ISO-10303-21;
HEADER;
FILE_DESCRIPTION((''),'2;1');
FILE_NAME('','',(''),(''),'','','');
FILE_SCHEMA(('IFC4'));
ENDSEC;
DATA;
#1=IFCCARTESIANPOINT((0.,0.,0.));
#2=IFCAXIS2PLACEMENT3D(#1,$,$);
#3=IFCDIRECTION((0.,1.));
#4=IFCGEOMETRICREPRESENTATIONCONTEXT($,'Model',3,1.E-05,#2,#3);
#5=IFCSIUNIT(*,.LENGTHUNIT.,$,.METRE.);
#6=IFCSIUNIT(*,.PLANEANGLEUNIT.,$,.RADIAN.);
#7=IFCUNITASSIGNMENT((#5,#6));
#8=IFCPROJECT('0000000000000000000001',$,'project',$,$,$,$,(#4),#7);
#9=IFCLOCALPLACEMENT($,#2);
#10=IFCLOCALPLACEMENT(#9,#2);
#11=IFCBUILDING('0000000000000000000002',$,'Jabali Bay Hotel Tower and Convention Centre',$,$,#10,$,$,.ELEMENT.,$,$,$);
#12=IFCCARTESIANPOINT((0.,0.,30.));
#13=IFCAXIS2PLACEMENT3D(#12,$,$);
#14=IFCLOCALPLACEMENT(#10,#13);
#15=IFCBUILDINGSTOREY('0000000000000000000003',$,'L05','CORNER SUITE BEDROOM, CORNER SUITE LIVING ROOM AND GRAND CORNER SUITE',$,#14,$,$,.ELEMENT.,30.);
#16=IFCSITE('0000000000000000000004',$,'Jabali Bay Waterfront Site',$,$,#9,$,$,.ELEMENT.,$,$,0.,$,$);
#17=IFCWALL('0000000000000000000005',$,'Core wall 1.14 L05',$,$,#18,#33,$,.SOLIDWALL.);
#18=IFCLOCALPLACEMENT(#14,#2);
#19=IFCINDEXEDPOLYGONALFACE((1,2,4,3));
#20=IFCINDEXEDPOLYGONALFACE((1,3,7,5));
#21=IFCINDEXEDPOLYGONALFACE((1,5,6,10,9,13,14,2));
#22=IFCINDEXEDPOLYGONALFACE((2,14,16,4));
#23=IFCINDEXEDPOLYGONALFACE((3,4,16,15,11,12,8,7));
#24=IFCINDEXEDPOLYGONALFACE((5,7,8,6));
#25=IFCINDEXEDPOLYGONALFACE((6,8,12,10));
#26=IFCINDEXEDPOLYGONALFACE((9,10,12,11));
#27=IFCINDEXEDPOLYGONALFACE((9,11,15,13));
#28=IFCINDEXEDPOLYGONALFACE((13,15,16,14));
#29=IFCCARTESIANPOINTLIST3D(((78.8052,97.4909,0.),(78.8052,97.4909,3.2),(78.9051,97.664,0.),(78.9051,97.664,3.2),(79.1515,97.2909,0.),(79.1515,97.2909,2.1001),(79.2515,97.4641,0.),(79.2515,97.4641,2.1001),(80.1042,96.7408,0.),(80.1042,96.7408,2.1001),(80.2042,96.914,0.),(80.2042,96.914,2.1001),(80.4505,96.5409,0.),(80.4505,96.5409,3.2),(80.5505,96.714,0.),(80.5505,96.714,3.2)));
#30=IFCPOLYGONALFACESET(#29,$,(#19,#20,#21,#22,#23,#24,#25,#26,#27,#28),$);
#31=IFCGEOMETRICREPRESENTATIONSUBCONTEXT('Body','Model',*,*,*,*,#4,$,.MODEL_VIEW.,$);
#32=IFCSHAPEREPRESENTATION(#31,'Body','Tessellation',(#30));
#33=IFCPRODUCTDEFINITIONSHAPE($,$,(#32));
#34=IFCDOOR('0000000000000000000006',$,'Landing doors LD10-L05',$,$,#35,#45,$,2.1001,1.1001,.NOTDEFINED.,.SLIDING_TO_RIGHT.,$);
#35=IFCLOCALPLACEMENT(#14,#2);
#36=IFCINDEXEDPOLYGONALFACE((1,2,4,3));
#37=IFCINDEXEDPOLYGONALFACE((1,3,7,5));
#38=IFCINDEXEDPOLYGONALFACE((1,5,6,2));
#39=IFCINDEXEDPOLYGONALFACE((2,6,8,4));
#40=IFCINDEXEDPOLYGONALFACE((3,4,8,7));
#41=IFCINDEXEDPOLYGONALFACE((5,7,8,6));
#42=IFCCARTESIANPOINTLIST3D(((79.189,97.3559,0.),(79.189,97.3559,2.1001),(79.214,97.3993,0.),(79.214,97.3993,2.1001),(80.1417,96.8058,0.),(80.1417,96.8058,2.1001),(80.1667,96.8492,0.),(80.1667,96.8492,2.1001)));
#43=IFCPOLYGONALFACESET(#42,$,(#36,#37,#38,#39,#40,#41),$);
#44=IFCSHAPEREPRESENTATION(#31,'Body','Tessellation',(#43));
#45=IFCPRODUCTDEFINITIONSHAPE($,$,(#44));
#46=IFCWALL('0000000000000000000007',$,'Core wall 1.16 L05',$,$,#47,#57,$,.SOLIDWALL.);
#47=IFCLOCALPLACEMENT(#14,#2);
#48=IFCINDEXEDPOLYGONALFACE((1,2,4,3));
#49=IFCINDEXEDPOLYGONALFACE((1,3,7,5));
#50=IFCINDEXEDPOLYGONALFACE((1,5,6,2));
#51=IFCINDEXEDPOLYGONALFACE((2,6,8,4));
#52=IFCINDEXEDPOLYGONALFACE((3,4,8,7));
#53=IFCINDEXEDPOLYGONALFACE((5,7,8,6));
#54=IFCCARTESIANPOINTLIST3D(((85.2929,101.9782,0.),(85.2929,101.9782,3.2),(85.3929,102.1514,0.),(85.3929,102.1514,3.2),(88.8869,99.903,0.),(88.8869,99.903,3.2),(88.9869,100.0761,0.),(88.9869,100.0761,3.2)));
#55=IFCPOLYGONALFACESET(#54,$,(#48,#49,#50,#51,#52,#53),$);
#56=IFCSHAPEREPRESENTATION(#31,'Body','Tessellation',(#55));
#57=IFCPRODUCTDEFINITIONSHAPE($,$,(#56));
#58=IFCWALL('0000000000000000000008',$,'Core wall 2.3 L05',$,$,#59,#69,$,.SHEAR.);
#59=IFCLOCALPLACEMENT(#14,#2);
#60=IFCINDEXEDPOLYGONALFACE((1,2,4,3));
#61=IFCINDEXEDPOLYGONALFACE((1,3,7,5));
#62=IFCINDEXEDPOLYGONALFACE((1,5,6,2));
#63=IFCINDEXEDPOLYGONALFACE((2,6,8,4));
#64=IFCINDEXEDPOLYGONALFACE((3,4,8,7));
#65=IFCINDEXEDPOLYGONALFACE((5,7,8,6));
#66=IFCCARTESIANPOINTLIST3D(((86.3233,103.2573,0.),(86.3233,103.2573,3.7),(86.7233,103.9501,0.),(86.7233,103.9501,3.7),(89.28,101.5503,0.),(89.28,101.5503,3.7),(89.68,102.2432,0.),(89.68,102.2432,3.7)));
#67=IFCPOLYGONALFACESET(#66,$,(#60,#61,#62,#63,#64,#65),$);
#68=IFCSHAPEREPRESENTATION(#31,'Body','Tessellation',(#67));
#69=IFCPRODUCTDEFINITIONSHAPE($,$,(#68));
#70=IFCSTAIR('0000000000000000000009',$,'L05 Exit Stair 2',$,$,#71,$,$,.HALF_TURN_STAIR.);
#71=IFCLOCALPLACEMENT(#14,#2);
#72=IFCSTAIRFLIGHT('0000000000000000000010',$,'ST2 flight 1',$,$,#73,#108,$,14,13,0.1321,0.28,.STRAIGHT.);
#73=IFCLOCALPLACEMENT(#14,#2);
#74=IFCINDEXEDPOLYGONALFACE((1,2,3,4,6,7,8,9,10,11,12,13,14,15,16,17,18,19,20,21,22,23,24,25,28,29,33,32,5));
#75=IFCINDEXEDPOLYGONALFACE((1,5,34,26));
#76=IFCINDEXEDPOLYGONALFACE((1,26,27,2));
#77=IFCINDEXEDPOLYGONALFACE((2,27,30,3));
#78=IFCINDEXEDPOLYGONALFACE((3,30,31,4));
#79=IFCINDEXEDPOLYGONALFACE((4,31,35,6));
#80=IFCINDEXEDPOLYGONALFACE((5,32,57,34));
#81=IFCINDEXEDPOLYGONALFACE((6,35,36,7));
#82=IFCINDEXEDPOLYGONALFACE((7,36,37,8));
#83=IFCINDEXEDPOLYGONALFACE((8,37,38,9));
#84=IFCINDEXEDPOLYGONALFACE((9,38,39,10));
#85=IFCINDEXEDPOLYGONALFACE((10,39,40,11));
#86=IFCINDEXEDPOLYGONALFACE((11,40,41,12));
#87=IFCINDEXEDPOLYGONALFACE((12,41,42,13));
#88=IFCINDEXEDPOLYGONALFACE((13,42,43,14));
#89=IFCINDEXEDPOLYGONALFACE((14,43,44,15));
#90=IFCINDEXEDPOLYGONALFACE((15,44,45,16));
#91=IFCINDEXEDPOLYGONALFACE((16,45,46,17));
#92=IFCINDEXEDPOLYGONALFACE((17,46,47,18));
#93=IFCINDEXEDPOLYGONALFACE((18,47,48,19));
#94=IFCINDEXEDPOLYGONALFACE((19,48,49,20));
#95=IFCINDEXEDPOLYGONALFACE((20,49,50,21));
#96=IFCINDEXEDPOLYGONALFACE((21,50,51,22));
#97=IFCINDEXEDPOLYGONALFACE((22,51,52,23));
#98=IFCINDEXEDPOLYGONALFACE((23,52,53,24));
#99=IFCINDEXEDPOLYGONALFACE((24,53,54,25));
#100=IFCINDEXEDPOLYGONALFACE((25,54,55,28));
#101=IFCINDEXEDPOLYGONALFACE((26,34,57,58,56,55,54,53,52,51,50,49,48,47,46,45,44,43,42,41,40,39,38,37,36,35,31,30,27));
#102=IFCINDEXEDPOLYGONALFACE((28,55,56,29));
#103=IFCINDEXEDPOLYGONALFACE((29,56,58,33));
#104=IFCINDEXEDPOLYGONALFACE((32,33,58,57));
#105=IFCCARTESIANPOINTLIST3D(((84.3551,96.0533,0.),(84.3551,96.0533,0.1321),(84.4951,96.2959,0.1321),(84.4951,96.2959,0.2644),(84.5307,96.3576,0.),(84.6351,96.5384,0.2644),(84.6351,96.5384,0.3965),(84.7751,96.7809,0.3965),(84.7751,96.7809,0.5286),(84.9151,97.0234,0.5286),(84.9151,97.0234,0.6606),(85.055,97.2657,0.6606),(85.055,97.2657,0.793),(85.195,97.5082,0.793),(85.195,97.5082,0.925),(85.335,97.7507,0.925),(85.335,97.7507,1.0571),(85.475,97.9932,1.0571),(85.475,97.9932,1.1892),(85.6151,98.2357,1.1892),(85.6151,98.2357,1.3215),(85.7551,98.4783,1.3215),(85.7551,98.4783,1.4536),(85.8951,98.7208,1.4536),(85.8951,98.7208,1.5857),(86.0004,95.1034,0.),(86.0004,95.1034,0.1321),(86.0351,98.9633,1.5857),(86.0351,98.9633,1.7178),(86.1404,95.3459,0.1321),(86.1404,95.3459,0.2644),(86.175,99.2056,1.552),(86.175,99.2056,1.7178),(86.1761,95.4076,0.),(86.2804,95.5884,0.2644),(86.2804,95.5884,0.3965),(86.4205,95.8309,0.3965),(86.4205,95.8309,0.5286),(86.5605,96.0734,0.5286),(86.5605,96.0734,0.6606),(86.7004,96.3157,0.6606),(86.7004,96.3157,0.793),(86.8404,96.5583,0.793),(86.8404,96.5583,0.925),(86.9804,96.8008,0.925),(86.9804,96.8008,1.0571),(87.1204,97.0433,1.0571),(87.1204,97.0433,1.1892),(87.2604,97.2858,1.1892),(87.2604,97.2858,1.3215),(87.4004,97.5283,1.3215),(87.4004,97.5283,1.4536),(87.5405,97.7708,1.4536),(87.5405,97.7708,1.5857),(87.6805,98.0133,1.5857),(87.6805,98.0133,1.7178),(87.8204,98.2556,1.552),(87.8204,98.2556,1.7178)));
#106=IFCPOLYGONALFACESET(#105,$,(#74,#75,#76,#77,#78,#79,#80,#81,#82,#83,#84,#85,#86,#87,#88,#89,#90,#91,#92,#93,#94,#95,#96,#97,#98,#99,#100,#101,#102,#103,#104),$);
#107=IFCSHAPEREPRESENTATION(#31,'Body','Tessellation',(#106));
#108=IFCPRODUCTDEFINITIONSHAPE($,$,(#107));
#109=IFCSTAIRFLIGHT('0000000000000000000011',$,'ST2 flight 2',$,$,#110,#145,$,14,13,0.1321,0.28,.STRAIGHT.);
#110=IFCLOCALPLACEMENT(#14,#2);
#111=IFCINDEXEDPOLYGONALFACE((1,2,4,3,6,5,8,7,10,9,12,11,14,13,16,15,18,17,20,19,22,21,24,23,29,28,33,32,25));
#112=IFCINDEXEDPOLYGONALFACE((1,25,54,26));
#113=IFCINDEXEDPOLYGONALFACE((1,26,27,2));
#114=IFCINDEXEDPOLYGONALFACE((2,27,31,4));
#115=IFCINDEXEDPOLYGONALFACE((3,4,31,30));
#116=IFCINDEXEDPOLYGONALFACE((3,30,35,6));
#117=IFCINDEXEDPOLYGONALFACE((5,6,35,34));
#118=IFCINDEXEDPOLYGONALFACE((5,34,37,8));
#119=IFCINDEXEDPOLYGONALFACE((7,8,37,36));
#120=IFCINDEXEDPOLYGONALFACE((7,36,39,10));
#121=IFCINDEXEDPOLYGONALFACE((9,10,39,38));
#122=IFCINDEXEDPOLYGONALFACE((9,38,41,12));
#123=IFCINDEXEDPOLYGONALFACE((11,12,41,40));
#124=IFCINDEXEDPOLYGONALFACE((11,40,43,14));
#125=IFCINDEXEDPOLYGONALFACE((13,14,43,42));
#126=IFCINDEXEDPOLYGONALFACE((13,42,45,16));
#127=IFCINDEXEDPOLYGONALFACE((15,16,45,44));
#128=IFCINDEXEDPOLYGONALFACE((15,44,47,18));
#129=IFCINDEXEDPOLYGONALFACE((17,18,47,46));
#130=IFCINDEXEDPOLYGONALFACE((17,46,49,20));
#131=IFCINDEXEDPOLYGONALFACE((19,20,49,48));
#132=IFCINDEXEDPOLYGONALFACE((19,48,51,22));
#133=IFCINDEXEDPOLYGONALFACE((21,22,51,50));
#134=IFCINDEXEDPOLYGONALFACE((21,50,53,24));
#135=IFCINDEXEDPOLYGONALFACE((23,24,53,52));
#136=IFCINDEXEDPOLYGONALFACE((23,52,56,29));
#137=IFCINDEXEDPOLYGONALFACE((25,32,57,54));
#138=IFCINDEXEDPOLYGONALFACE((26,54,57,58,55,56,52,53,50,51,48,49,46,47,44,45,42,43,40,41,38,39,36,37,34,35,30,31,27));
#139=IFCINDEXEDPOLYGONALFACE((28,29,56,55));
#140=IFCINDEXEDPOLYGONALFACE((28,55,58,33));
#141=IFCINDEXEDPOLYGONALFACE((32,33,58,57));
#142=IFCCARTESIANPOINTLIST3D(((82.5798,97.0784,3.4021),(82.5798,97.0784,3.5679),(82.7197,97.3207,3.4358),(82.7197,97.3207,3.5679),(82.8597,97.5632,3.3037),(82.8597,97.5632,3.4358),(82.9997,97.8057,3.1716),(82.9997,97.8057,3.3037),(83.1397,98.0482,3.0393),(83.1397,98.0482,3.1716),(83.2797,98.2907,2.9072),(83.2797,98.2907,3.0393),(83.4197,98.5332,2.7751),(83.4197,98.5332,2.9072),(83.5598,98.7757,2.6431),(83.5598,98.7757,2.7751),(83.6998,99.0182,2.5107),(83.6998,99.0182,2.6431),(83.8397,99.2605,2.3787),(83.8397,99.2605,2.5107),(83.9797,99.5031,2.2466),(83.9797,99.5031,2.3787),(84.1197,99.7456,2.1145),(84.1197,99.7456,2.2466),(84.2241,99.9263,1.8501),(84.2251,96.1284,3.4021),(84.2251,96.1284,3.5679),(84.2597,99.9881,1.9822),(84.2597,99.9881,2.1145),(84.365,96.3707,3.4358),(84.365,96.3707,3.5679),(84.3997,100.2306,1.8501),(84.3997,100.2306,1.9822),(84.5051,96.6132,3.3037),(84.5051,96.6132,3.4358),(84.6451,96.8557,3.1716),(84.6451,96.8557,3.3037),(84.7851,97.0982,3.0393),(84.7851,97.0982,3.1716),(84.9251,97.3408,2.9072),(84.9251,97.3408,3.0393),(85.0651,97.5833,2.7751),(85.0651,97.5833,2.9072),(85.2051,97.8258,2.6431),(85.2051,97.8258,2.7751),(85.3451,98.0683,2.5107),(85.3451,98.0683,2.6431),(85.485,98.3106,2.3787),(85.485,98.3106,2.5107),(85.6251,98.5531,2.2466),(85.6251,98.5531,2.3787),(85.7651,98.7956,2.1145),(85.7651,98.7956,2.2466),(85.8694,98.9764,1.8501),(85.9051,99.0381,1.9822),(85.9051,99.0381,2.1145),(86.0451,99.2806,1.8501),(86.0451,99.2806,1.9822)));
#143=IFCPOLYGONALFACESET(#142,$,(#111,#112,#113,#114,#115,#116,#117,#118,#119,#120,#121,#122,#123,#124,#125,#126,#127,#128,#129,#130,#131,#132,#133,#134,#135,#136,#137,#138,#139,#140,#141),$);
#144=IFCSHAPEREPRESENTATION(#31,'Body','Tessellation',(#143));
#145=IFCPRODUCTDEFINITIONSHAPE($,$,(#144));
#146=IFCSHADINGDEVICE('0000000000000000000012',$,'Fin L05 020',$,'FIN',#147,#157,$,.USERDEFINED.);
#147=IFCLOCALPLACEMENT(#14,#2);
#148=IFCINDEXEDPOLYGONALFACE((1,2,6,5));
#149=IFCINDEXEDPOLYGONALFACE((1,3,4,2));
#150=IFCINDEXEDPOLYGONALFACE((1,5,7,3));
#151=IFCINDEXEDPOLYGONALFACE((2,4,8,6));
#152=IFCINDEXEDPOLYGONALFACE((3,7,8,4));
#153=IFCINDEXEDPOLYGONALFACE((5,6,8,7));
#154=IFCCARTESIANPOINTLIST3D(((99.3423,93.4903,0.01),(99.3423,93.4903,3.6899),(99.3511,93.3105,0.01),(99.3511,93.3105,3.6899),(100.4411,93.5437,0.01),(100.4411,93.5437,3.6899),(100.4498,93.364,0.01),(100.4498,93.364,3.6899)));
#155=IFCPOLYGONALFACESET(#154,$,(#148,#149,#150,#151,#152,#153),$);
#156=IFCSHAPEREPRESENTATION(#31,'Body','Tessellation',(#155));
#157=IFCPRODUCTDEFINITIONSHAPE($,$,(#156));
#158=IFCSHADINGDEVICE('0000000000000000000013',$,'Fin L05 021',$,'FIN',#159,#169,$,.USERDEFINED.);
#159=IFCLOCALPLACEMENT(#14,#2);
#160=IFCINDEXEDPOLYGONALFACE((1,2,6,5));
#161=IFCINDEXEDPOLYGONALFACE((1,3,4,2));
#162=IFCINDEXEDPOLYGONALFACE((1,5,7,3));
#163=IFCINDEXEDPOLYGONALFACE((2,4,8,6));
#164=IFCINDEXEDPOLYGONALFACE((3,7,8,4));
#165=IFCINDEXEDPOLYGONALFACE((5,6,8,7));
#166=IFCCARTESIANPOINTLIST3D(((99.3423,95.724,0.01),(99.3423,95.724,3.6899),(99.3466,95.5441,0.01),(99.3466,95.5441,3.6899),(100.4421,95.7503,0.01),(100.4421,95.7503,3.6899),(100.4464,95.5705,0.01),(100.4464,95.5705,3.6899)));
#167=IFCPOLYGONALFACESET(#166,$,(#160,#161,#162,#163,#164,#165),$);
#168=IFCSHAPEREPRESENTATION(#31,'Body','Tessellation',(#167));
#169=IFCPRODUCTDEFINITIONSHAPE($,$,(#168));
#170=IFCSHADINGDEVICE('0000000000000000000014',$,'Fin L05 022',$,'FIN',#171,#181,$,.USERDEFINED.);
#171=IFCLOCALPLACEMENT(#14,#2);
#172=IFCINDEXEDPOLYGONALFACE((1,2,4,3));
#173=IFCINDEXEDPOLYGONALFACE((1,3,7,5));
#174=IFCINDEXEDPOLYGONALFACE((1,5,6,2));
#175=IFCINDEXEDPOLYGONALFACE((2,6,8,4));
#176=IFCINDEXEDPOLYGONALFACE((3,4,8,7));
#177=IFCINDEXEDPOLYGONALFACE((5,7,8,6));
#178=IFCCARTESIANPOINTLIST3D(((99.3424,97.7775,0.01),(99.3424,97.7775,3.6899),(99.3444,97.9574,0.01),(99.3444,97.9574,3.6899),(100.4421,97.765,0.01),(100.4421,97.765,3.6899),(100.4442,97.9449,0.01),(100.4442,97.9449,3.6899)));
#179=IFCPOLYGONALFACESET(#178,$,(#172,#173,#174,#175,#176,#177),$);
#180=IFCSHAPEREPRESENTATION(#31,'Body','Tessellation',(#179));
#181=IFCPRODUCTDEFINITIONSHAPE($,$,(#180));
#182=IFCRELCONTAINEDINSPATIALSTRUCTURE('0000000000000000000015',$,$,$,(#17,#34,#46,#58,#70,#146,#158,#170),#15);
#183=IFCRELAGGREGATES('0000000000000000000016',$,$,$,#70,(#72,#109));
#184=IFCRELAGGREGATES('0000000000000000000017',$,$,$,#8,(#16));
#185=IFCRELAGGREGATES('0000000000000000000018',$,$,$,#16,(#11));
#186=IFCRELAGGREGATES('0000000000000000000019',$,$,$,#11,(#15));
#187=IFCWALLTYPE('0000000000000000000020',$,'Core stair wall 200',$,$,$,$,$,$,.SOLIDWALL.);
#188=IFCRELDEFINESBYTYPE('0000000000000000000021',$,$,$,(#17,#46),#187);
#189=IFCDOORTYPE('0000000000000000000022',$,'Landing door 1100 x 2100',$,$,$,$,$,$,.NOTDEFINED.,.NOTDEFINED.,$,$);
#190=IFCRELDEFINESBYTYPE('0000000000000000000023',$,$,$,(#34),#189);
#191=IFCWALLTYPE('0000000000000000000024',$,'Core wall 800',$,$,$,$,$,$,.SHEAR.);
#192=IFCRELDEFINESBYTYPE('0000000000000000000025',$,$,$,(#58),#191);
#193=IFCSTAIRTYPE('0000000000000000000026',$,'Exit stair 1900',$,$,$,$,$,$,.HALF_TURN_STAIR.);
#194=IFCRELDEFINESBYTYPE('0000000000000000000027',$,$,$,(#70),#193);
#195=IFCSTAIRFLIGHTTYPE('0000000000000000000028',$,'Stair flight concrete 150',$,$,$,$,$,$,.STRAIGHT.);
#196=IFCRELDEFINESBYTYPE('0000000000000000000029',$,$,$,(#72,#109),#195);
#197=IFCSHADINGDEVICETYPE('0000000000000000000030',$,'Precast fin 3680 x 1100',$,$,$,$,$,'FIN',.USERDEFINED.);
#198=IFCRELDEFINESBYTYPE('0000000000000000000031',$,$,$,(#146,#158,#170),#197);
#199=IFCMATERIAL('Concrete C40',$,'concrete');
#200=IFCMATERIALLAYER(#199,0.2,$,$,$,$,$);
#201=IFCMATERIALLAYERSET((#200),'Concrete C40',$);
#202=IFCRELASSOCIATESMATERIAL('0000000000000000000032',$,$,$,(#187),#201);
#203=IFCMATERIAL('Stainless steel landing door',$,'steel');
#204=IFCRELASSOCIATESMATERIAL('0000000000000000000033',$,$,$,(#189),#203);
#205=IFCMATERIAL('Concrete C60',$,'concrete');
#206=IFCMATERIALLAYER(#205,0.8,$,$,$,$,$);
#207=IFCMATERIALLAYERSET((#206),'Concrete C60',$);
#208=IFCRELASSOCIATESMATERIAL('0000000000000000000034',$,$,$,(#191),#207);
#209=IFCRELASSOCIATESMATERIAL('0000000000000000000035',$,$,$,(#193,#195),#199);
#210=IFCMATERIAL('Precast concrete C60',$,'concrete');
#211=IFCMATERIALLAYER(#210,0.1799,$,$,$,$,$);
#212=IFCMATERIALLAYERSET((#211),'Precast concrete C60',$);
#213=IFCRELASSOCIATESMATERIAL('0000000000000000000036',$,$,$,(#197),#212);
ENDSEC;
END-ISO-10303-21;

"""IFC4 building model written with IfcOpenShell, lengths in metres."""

from ifc_helpers import new_model, si_unit, direction, frame, frame_2d, origin, place, context, subcontext, project, spatial, polyline, rectangle, outline, extrude, material, layer, layer_set, type_object, element, fill, aggregate, save


model = new_model("IFC4")

# Units and contexts
model_context = context("Model", 3, precision=1e-05, world=origin(), true_north=direction((0.0, 1.0)))
body_context = subcontext(model_context, "Body", "Model", "MODEL_VIEW")
ifc_project = project(units=[si_unit("LENGTHUNIT", "METRE"), si_unit("PLANEANGLEUNIT", "RADIAN")], contexts=[model_context])

# Site, building, storey
site_placement = place(None, origin())
site = spatial("IfcSite", under=ifc_project, at=site_placement, Name="Jabali Bay Waterfront Site", CompositionType="ELEMENT", RefElevation=0.0)
building_placement = place(site_placement, origin())
building = spatial("IfcBuilding", under=site, at=building_placement, Name="Jabali Bay Hotel Tower and Convention Centre", CompositionType="ELEMENT")
storey_placement = place(building_placement, frame((0.0, 0.0, 30.0)))
storey = spatial("IfcBuildingStorey", under=building, at=storey_placement, Name="L05", Description="CORNER SUITE BEDROOM, CORNER SUITE LIVING ROOM AND GRAND CORNER SUITE", CompositionType="ELEMENT", Elevation=30.0)

# Shared definitions
ifc_material_1 = material(Name="Concrete C60", Category="concrete")

# Shared definitions
ifc_material_2 = material(Name="Concrete C40", Category="concrete")

# Shared definitions
ifc_layer_1 = layer(ifc_material_2, 0.2)
ifc_layer_set_1 = layer_set([ifc_layer_1], Name="Concrete C40")
wall_type_1 = type_object("IfcWallType", Name="Core stair wall 200", PredefinedType="SOLIDWALL", material=ifc_layer_set_1)

# Wall, opening, door
wall_1_placement = place(storey_placement, frame((80.5005, 96.6274, 0.0), z_axis=(0.0, 0.0, 1.0), x_axis=(-0.866012, 0.500023, 0.0)))
wall_1 = element("IfcWall", 1, at=wall_1_placement, inside=storey, type_object=wall_type_1, Name="Core wall 1.14 L05", PredefinedType="SOLIDWALL", context=body_context, shape_type="SweptSolid", body=[
    extrude(rectangle(XDim=1.8999, YDim=0.2, at=frame_2d((0.95, 0.0))), origin(), (0.0, 0.0, 1.0), 3.2),
])
opening_1_placement = place(wall_1_placement, frame((0.3999, 0.0, 0.0)))
opening_1 = element("IfcOpeningElement", 2, at=opening_1_placement, cuts=wall_1, PredefinedType="OPENING", context=body_context, shape_type="SweptSolid", body=[
    extrude(rectangle(XDim=1.1001, YDim=2.1001, at=frame_2d((0.55, 1.05))), frame((0.0, 0.1104, 0.0), z_axis=(0.0, -1.0, 0.0), x_axis=(1.0, 0.0, 0.0)), (0.0, 0.0, 1.0), 0.2209),
])
ifc_material_3 = material(Name="Stainless steel landing door", Category="steel")
door_type_1 = type_object("IfcDoorType", Name="Landing door 1100 x 2100", OperationType="NOTDEFINED", PredefinedType="NOTDEFINED", material=ifc_material_3)
door_1_placement = place(opening_1_placement, origin())
door_1 = element("IfcDoor", 3, at=door_1_placement, inside=storey, type_object=door_type_1, Name="Landing doors LD10-L05", OperationType="SLIDING_TO_RIGHT", OverallHeight=2.1001, OverallWidth=1.1001, PredefinedType="NOTDEFINED", context=body_context, shape_type="SweptSolid", body=[
    extrude(rectangle(XDim=1.1001, YDim=2.1001, at=frame_2d((0.55, 1.05))), frame((0.0, 0.0249, 0.0), z_axis=(0.0, -1.0, 0.0), x_axis=(1.0, 0.0, 0.0)), (0.0, 0.0, 1.0), 0.05),
])
fill(opening_1, door_1)

# Walls
wall_2_placement = place(storey_placement, frame((88.937, 99.9895, 0.0), z_axis=(0.0, 0.0, 1.0), x_axis=(-0.866004, 0.500036, 0.0)))
element("IfcWall", 4, at=wall_2_placement, inside=storey, type_object=wall_type_1, Name="Core wall 1.16 L05", PredefinedType="SOLIDWALL", context=body_context, shape_type="SweptSolid", body=[
    extrude(rectangle(XDim=4.1501, YDim=0.2, at=frame_2d((2.0752, 0.0))), origin(), (0.0, 0.0, 1.0), 3.2),
])
ifc_layer_2 = layer(ifc_material_1, 0.8)
ifc_layer_set_2 = layer_set([ifc_layer_2], Name="Concrete C60")
wall_type_2 = type_object("IfcWallType", Name="Core wall 800", PredefinedType="SHEAR", material=ifc_layer_set_2)
wall_3_placement = place(storey_placement, frame((89.48, 101.8967, 0.0), z_axis=(0.0, 0.0, 1.0), x_axis=(-0.866034, 0.499984, 0.0)))
element("IfcWall", 5, at=wall_3_placement, inside=storey, type_object=wall_type_2, Name="Core wall 2.3 L05", PredefinedType="SHEAR", context=body_context, shape_type="SweptSolid", body=[
    extrude(rectangle(XDim=3.4141, YDim=0.8, at=frame_2d((1.707, 0.0))), origin(), (0.0, 0.0, 1.0), 3.7),
])

# Stair, stair flights
stair_type = type_object("IfcStairType", Name="Exit stair 1900", PredefinedType="HALF_TURN_STAIR", material=ifc_material_2)
stair_placement = place(storey_placement, origin())
stair = element("IfcStair", 6, at=stair_placement, inside=storey, type_object=stair_type, Name="L05 Exit Stair 2", PredefinedType="HALF_TURN_STAIR")
stair_flight_type = type_object("IfcStairFlightType", Name="Stair flight concrete 150", PredefinedType="STRAIGHT", material=ifc_material_2)
stair_flight_1_placement = place(storey_placement, frame((85.1777, 95.5784, 0.0), z_axis=(0.0, 0.0, 1.0), x_axis=(0.5, 0.866025, 0.0)))
stair_flight_1 = element("IfcStairFlight", 7, at=stair_flight_1_placement, type_object=stair_flight_type, Name="ST2 flight 1", NumberOfRisers=14, NumberOfTreads=13, PredefinedType="STRAIGHT", RiserHeight=0.1321, TreadLength=0.28, context=body_context, shape_type="SweptSolid", body=[
    extrude(outline(polyline([(0.0, 0.0), (0.0, 0.1321), (0.28, 0.1321), (0.28, 0.2644), (0.5601, 0.2644), (0.5601, 0.3965), (0.8401, 0.3965), (0.8401, 0.5286), (1.1201, 0.5286), (1.1201, 0.6606), (1.3999, 0.6606), (1.3999, 0.793), (1.6799, 0.793), (1.6799, 0.925), (1.96, 0.925), (1.96, 1.0571), (2.24, 1.0571), (2.24, 1.1892), (2.52, 1.1892), (2.52, 1.3215), (2.8, 1.3215), (2.8, 1.4536), (3.0801, 1.4536), (3.0801, 1.5857), (3.3601, 1.5857), (3.3601, 1.7178), (3.6399, 1.7178), (3.6399, 1.8501), (3.6399, 1.552), (0.3513, 0.0), (0.0, 0.0)])), frame((0.0, 0.95, 0.0), z_axis=(0.0, -1.0, 0.0), x_axis=(1.0, 0.0, 0.0)), (0.0, 0.0, 1.0), 1.8999),
])
stair_flight_2_placement = place(storey_placement, frame((85.2224, 99.7556, 1.8501), z_axis=(0.0, 0.0, 1.0), x_axis=(-0.5, -0.866025, 0.0)))
stair_flight_2 = element("IfcStairFlight", 8, at=stair_flight_2_placement, type_object=stair_flight_type, Name="ST2 flight 2", NumberOfRisers=14, NumberOfTreads=13, PredefinedType="STRAIGHT", RiserHeight=0.1321, TreadLength=0.28, context=body_context, shape_type="SweptSolid", body=[
    extrude(outline(polyline([(0.0, 0.0), (0.0, 0.1321), (0.28, 0.1321), (0.28, 0.2644), (0.5601, 0.2644), (0.5601, 0.3965), (0.8401, 0.3965), (0.8401, 0.5286), (1.1201, 0.5286), (1.1201, 0.6606), (1.3999, 0.6606), (1.3999, 0.793), (1.6799, 0.793), (1.6799, 0.925), (1.96, 0.925), (1.96, 1.0571), (2.24, 1.0571), (2.24, 1.1892), (2.52, 1.1892), (2.52, 1.3215), (2.8, 1.3215), (2.8, 1.4536), (3.0801, 1.4536), (3.0801, 1.5857), (3.3601, 1.5857), (3.3601, 1.7178), (3.6399, 1.7178), (3.6399, 1.8501), (3.6399, 1.552), (0.3513, 0.0), (0.0, 0.0)])), frame((0.0, 0.95, 0.0), z_axis=(0.0, -1.0, 0.0), x_axis=(1.0, 0.0, 0.0)), (0.0, 0.0, 1.0), 1.8999),
])
aggregate(stair, [stair_flight_1, stair_flight_2])

# Shading devices
ifc_material_4 = material(Name="Precast concrete C60", Category="concrete")
ifc_layer_3 = layer(ifc_material_4, 0.1799)
ifc_layer_set_3 = layer_set([ifc_layer_3], Name="Precast concrete C60")
shading_device_type = type_object("IfcShadingDeviceType", Name="Precast fin 3680 x 1100", ElementType="FIN", PredefinedType="USERDEFINED", material=ifc_layer_set_3)
for number, where, z_axis, x_axis, name in (
    (9, (99.3467, 93.4004, 0.01), (0.0, 0.0, 1.0), (0.998818, 0.048598, 0.0), "Fin L05 020"),
    (10, (99.3445, 95.634, 0.01), (0.0, 0.0, 1.0), (0.999713, 0.023966, 0.0), "Fin L05 021"),
):
    element("IfcShadingDevice", number, at=place(storey_placement, frame(where, z_axis=z_axis, x_axis=x_axis)), inside=storey, type_object=shading_device_type, Name=name, ObjectType="FIN", PredefinedType="USERDEFINED", context=body_context, shape_type="SweptSolid", body=[
        extrude(rectangle(XDim=1.1001, YDim=0.1799, at=frame_2d((0.55, 0.0))), origin(), (0.0, 0.0, 1.0), 3.6799),
    ])
for number, where, z_axis, x_axis, name in (
    (11, (99.3435, 97.8674, 0.01), (0.0, 0.0, 1.0), (0.999936, -0.01132, 0.0), "Fin L05 022"),
):
    element("IfcShadingDevice", number, at=place(storey_placement, frame(where, z_axis=z_axis, x_axis=x_axis)), inside=storey, type_object=shading_device_type, Name=name, ObjectType="FIN", PredefinedType="USERDEFINED", context=body_context, shape_type="SweptSolid", body=[
        extrude(rectangle(XDim=1.0999, YDim=0.1799, at=frame_2d((0.5498, 0.0))), origin(), (0.0, 0.0, 1.0), 3.6799),
    ])

save(model, "model.ifc")
